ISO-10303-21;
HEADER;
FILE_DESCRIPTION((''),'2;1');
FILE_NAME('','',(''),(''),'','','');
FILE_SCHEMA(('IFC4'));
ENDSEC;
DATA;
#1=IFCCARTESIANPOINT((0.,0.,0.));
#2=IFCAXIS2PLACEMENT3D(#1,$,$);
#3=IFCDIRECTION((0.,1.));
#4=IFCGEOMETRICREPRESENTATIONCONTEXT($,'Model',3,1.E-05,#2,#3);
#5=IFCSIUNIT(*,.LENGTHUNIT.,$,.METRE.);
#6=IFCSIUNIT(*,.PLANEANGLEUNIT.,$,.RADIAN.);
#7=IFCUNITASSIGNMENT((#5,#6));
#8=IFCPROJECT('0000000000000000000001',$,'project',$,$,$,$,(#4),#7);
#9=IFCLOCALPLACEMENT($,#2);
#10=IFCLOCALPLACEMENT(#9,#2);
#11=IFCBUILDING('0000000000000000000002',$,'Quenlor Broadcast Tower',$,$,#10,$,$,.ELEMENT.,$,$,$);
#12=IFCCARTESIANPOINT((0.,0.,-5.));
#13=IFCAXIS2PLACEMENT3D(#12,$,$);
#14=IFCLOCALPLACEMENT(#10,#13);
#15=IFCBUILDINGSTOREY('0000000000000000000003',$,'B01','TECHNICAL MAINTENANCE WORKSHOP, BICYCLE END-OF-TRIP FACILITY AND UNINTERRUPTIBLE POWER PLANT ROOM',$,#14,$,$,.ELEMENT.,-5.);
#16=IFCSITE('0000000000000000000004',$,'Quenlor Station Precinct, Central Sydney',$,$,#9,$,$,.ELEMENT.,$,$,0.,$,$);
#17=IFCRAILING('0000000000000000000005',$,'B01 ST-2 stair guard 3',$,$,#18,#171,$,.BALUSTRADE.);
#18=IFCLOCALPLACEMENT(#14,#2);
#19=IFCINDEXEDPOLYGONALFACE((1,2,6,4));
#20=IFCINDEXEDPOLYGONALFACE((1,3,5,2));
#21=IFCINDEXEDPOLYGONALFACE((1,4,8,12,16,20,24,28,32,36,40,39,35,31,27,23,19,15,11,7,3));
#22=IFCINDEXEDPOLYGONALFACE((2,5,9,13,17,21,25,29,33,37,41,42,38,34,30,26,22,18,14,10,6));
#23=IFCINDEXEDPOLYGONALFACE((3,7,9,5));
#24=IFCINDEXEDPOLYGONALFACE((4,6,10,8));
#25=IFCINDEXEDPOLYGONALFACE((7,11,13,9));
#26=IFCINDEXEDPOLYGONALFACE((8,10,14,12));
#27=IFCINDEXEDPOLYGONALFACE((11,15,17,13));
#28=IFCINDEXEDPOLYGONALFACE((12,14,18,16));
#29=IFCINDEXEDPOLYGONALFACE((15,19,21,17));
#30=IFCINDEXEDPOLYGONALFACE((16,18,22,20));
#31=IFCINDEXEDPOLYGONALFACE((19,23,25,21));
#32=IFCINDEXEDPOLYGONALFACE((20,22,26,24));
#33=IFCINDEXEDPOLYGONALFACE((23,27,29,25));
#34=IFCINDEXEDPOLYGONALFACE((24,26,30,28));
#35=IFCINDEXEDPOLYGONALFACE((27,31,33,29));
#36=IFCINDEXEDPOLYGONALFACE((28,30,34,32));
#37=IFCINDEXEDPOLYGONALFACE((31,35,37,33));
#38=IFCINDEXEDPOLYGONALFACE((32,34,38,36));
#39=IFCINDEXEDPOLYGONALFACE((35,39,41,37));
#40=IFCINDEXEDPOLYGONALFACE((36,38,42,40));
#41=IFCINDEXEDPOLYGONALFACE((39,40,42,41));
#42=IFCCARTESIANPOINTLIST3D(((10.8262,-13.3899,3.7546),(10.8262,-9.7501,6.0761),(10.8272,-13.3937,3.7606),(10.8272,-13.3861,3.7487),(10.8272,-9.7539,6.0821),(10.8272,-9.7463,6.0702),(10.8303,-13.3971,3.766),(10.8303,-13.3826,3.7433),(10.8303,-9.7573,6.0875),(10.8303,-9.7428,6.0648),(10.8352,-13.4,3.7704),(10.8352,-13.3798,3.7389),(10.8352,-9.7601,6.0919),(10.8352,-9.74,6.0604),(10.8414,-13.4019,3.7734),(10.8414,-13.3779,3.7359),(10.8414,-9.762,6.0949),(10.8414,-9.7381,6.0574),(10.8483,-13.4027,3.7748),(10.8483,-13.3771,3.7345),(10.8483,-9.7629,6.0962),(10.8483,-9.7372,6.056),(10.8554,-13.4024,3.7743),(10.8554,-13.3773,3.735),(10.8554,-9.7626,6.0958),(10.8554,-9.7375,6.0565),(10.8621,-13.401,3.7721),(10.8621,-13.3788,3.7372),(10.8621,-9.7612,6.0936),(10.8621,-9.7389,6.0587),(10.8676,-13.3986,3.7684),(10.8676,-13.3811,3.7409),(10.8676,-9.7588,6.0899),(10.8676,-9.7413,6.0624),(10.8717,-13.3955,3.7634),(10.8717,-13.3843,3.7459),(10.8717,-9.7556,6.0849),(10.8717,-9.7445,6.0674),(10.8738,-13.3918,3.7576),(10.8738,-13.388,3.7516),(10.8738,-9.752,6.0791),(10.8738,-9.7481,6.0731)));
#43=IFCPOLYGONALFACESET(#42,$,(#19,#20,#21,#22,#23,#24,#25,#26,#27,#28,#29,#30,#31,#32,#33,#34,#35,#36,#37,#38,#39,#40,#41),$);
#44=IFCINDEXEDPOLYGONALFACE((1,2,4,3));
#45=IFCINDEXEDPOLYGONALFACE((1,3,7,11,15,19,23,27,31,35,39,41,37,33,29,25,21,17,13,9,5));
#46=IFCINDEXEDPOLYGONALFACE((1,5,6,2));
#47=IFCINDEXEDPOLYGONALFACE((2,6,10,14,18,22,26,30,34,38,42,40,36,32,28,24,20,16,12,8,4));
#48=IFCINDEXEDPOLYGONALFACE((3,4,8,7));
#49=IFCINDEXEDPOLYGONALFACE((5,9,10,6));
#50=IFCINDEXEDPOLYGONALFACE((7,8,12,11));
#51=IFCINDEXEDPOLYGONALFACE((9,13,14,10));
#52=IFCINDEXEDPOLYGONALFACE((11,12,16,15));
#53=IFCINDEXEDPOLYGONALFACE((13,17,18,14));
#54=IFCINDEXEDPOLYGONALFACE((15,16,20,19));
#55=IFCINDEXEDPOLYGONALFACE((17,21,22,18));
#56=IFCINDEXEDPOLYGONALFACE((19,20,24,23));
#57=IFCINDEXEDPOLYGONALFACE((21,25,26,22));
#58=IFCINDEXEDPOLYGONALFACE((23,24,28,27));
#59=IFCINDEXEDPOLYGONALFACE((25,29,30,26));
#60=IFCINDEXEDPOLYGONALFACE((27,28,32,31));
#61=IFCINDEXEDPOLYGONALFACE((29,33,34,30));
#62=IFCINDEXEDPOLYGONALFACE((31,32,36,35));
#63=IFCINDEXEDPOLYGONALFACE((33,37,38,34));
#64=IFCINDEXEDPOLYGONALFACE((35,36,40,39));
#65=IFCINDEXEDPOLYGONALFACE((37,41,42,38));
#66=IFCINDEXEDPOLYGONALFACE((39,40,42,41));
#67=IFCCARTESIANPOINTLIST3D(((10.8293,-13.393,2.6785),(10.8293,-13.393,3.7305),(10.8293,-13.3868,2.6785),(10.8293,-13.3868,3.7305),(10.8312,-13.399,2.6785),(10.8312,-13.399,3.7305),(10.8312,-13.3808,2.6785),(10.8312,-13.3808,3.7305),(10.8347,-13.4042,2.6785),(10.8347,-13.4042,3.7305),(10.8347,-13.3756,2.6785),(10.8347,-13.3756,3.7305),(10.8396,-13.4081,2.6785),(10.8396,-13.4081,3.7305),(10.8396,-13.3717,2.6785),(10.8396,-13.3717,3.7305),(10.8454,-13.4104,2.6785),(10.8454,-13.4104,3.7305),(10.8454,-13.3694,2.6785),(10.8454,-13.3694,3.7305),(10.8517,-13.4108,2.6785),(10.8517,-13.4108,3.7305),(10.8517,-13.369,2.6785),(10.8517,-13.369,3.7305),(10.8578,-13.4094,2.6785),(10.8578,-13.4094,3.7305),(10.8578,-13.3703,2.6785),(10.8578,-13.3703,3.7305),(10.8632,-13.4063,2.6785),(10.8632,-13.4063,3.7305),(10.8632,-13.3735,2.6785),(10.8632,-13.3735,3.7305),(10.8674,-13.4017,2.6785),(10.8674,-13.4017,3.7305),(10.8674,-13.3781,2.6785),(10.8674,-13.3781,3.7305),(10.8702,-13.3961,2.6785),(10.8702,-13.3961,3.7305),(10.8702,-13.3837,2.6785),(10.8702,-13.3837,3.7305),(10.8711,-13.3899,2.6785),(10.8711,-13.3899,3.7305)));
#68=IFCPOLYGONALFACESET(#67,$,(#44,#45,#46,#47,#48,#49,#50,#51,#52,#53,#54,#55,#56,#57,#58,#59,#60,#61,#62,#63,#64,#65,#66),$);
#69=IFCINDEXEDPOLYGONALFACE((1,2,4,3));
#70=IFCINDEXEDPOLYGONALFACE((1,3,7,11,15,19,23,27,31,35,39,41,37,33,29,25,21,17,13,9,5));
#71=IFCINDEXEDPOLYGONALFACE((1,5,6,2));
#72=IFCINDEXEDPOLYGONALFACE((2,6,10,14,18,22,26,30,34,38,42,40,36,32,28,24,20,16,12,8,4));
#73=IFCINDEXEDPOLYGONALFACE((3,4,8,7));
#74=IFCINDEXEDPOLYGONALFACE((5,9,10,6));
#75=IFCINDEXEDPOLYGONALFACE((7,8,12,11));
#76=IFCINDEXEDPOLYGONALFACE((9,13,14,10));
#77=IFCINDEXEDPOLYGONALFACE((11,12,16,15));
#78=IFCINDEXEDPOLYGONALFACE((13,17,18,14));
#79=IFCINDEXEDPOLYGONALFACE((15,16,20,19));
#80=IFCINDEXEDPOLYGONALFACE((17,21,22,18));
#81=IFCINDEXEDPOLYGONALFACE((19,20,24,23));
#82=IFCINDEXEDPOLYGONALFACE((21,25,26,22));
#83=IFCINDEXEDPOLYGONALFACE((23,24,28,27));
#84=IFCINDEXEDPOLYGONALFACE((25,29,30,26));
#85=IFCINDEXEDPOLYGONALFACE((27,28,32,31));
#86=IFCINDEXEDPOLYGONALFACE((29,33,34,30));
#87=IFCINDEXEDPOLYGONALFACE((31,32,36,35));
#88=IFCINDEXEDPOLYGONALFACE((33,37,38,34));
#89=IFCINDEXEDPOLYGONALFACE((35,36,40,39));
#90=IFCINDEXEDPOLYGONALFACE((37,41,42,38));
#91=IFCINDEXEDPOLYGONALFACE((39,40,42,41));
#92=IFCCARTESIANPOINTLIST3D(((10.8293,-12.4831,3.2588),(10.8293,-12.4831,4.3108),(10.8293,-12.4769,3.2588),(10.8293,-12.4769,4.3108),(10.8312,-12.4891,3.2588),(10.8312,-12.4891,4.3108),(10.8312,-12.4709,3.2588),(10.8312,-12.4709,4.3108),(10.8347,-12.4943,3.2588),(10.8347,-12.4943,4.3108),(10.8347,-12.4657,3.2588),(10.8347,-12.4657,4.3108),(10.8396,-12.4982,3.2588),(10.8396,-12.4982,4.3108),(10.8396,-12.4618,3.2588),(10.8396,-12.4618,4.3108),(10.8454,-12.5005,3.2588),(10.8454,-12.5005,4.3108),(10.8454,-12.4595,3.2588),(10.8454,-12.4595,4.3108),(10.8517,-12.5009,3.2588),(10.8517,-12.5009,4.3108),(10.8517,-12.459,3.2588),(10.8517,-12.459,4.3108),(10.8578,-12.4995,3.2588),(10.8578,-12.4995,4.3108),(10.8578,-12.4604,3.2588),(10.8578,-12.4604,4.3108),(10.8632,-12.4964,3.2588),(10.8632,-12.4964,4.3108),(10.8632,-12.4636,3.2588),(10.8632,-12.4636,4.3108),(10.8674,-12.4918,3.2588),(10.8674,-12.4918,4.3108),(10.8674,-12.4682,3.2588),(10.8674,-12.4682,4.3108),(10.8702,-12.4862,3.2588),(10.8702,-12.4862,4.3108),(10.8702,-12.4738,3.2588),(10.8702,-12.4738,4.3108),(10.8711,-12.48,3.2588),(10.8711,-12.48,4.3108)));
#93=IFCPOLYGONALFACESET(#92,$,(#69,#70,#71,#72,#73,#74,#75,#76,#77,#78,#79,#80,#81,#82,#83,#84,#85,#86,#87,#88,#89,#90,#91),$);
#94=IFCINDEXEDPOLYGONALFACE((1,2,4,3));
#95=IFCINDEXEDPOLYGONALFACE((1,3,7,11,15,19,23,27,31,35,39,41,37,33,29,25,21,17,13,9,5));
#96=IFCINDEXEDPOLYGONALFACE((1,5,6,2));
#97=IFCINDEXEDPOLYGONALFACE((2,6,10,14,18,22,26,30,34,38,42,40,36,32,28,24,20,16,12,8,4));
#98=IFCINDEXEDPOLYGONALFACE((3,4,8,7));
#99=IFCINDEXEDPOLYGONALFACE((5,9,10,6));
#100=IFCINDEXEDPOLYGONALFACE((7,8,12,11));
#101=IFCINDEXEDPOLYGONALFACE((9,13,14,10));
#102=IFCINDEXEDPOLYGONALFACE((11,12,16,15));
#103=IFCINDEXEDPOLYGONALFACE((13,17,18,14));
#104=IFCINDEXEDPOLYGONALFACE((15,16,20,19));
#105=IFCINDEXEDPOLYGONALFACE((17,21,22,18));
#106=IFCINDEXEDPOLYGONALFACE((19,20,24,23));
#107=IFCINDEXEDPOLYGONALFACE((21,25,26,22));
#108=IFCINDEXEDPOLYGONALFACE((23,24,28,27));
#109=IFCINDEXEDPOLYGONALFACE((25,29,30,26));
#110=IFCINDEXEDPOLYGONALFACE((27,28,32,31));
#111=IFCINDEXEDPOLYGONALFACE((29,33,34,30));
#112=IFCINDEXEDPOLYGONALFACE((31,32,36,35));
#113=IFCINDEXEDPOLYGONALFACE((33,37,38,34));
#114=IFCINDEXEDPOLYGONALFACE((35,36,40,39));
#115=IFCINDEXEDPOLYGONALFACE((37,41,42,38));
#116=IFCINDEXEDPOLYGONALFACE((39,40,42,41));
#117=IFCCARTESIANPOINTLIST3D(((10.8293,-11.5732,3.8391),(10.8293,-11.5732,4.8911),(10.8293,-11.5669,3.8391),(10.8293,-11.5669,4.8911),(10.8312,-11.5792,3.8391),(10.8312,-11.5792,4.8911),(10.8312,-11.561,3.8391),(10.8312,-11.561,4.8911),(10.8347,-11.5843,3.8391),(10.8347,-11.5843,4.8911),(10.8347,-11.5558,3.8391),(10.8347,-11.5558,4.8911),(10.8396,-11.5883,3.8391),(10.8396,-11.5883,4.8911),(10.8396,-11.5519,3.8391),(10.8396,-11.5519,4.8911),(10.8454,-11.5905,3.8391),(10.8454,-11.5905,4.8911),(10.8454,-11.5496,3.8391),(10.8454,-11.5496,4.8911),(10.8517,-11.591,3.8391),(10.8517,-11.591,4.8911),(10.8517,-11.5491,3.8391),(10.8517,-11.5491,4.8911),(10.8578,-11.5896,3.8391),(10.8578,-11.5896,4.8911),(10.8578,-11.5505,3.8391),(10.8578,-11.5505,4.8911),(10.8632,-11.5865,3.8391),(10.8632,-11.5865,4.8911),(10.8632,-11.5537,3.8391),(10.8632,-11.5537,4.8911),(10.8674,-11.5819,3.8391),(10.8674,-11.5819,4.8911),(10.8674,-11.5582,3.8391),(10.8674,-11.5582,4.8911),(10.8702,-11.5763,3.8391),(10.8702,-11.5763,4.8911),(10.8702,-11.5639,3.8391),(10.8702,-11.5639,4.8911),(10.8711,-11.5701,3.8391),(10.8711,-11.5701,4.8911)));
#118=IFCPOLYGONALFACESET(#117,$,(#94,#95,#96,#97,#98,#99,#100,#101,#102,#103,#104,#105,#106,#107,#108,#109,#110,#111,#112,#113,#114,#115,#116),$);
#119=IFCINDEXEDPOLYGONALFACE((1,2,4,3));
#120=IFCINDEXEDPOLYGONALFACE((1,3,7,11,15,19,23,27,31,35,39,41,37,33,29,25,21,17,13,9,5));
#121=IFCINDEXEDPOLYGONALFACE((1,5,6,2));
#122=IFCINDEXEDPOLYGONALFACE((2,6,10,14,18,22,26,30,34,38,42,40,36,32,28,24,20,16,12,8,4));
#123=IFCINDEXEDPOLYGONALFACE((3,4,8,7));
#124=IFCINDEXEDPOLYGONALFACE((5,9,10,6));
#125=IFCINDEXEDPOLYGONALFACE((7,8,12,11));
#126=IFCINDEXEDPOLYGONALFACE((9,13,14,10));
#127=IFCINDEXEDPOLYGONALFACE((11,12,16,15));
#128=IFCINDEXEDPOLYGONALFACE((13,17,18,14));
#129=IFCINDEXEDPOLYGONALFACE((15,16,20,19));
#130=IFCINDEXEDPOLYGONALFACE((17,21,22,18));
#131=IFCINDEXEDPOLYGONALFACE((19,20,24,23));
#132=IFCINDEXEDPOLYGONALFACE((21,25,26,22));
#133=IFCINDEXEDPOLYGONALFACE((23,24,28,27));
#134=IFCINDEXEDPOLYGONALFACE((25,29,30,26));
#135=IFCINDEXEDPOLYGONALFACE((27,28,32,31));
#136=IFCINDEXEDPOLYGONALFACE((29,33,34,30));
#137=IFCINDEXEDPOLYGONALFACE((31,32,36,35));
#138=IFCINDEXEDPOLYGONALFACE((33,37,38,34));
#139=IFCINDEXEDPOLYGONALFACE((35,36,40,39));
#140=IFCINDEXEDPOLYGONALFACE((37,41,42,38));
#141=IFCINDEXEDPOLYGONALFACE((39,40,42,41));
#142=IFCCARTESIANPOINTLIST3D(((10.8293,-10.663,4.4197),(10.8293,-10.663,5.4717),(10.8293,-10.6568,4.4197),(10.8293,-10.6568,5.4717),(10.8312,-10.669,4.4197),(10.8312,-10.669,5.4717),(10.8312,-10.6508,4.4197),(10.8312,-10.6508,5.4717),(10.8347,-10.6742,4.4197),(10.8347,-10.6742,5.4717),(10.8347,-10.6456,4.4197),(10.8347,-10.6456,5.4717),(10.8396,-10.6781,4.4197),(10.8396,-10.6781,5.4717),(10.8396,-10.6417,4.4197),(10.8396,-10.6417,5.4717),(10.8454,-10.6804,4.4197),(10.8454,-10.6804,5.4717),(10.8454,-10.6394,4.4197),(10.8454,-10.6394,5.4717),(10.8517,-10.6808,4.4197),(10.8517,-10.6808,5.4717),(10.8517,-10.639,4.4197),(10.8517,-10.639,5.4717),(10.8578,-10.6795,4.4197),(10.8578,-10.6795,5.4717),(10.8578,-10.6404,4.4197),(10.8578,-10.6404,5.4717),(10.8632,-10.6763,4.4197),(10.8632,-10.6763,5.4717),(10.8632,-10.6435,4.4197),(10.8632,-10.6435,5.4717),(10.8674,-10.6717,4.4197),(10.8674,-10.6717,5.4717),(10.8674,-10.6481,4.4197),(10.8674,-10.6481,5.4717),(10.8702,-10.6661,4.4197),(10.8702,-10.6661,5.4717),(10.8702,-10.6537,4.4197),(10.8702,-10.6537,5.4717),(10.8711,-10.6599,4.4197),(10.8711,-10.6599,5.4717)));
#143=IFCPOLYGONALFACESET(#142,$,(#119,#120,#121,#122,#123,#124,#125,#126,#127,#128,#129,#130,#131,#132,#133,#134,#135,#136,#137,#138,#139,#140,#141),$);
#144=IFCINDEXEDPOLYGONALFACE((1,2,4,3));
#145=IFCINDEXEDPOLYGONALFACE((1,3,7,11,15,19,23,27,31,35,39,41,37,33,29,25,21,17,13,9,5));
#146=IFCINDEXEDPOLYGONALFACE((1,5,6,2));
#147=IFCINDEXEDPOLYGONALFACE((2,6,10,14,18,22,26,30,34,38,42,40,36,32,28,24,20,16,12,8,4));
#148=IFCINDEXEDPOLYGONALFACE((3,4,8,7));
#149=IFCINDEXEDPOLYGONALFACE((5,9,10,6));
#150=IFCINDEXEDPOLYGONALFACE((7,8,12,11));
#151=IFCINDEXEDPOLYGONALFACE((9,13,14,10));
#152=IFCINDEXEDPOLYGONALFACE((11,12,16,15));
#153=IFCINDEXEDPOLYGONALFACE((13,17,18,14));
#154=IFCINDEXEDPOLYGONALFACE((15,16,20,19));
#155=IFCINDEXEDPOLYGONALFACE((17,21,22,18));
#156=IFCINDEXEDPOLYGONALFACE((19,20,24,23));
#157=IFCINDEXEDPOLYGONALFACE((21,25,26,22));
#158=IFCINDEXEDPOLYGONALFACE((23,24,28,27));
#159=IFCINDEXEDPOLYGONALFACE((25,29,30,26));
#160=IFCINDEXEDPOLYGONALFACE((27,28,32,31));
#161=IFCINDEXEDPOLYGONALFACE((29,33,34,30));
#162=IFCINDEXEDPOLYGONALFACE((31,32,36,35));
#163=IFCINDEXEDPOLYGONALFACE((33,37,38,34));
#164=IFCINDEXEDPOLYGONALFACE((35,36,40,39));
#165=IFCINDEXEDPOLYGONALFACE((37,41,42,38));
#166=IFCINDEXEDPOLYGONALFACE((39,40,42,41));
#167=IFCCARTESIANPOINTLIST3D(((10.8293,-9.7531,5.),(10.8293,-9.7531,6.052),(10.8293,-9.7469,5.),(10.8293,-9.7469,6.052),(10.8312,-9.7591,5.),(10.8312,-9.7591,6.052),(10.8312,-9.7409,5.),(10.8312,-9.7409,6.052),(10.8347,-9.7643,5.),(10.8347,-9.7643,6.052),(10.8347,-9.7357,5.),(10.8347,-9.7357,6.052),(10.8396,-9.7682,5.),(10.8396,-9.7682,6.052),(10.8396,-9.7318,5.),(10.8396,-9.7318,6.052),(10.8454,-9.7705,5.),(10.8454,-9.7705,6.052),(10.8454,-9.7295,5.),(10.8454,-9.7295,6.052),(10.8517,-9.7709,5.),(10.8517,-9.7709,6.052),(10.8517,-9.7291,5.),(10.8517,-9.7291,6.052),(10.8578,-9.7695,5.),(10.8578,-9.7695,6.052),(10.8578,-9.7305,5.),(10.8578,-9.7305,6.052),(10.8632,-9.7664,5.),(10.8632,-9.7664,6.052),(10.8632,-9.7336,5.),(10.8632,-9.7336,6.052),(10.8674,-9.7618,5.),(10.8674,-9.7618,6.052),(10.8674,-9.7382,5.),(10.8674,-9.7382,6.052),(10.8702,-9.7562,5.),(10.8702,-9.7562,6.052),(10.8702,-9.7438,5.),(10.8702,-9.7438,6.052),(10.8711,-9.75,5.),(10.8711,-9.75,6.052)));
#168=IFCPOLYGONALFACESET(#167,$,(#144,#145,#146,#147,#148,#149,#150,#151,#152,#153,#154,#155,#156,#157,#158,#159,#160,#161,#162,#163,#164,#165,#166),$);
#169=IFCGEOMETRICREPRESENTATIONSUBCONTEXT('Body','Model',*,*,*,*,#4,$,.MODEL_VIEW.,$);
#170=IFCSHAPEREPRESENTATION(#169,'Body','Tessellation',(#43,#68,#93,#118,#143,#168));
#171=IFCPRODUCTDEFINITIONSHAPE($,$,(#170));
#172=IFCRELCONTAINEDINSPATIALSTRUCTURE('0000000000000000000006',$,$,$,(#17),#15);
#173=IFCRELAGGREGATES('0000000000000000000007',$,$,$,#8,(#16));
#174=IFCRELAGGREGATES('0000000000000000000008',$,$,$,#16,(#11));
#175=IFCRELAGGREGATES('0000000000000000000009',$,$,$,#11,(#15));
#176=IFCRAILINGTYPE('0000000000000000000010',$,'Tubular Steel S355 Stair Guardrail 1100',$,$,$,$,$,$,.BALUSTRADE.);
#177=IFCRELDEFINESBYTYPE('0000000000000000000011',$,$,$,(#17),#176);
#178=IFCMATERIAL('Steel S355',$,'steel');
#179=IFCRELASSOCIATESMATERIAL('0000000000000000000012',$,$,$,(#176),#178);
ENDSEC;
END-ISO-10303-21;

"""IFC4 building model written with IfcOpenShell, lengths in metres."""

from ifc_helpers import new_model, si_unit, direction, frame, origin, origin_2d, place, context, subcontext, project, spatial, circle, extrude, material, type_object, element, save


model = new_model("IFC4")

# Units and contexts
model_context = context("Model", 3, precision=1e-05, world=origin(), true_north=direction((0.0, 1.0)))
body_context = subcontext(model_context, "Body", "Model", "MODEL_VIEW")
ifc_project = project(units=[si_unit("LENGTHUNIT", "METRE"), si_unit("PLANEANGLEUNIT", "RADIAN")], contexts=[model_context])

# Site, building, storey
site_placement = place(None, origin())
site = spatial("IfcSite", under=ifc_project, at=site_placement, Name="Quenlor Station Precinct, Central Sydney", CompositionType="ELEMENT", RefElevation=0.0)
building_placement = place(site_placement, origin())
building = spatial("IfcBuilding", under=site, at=building_placement, Name="Quenlor Broadcast Tower", CompositionType="ELEMENT")
storey_placement = place(building_placement, frame((0.0, 0.0, -5.0)))
storey = spatial("IfcBuildingStorey", under=building, at=storey_placement, Name="B01", Description="TECHNICAL MAINTENANCE WORKSHOP, BICYCLE END-OF-TRIP FACILITY AND UNINTERRUPTIBLE POWER PLANT ROOM", CompositionType="ELEMENT", Elevation=-5.0)

# Railing
ifc_material_1 = material(Name="Steel S355", Category="steel")
railing_type_1 = type_object("IfcRailingType", Name="Tubular Steel S355 Stair Guardrail 1100", PredefinedType="BALUSTRADE", material=ifc_material_1)
railing_1_placement = place(storey_placement, frame((10.8501, -13.3899, 2.6785)))
element("IfcRailing", 1, at=railing_1_placement, inside=storey, type_object=railing_type_1, Name="B01 ST-2 stair guard 3", PredefinedType="BALUSTRADE", context=body_context, shape_type="SweptSolid", body=[
    extrude(circle(Radius=0.0239, at=origin_2d()), frame((0.0, 0.0, 1.0762), z_axis=(0.0, 0.843112, 0.537739), x_axis=(-1.0, 0.0, 0.0)), (0.0, 0.0, 1.0), 4.3171),
    extrude(circle(Radius=0.021, at=origin_2d()), origin(), (0.0, 0.0, 1.0), 1.052),
    extrude(circle(Radius=0.021, at=origin_2d()), frame((0.0, 0.9099, 0.5803)), (0.0, 0.0, 1.0), 1.052),
    extrude(circle(Radius=0.021, at=origin_2d()), frame((0.0, 1.8198, 1.1606)), (0.0, 0.0, 1.0), 1.052),
    extrude(circle(Radius=0.021, at=origin_2d()), frame((0.0, 2.73, 1.7412)), (0.0, 0.0, 1.0), 1.052),
    extrude(circle(Radius=0.021, at=origin_2d()), frame((0.0, 3.6399, 2.3215)), (0.0, 0.0, 1.0), 1.052),
])

save(model, "model.ifc")
